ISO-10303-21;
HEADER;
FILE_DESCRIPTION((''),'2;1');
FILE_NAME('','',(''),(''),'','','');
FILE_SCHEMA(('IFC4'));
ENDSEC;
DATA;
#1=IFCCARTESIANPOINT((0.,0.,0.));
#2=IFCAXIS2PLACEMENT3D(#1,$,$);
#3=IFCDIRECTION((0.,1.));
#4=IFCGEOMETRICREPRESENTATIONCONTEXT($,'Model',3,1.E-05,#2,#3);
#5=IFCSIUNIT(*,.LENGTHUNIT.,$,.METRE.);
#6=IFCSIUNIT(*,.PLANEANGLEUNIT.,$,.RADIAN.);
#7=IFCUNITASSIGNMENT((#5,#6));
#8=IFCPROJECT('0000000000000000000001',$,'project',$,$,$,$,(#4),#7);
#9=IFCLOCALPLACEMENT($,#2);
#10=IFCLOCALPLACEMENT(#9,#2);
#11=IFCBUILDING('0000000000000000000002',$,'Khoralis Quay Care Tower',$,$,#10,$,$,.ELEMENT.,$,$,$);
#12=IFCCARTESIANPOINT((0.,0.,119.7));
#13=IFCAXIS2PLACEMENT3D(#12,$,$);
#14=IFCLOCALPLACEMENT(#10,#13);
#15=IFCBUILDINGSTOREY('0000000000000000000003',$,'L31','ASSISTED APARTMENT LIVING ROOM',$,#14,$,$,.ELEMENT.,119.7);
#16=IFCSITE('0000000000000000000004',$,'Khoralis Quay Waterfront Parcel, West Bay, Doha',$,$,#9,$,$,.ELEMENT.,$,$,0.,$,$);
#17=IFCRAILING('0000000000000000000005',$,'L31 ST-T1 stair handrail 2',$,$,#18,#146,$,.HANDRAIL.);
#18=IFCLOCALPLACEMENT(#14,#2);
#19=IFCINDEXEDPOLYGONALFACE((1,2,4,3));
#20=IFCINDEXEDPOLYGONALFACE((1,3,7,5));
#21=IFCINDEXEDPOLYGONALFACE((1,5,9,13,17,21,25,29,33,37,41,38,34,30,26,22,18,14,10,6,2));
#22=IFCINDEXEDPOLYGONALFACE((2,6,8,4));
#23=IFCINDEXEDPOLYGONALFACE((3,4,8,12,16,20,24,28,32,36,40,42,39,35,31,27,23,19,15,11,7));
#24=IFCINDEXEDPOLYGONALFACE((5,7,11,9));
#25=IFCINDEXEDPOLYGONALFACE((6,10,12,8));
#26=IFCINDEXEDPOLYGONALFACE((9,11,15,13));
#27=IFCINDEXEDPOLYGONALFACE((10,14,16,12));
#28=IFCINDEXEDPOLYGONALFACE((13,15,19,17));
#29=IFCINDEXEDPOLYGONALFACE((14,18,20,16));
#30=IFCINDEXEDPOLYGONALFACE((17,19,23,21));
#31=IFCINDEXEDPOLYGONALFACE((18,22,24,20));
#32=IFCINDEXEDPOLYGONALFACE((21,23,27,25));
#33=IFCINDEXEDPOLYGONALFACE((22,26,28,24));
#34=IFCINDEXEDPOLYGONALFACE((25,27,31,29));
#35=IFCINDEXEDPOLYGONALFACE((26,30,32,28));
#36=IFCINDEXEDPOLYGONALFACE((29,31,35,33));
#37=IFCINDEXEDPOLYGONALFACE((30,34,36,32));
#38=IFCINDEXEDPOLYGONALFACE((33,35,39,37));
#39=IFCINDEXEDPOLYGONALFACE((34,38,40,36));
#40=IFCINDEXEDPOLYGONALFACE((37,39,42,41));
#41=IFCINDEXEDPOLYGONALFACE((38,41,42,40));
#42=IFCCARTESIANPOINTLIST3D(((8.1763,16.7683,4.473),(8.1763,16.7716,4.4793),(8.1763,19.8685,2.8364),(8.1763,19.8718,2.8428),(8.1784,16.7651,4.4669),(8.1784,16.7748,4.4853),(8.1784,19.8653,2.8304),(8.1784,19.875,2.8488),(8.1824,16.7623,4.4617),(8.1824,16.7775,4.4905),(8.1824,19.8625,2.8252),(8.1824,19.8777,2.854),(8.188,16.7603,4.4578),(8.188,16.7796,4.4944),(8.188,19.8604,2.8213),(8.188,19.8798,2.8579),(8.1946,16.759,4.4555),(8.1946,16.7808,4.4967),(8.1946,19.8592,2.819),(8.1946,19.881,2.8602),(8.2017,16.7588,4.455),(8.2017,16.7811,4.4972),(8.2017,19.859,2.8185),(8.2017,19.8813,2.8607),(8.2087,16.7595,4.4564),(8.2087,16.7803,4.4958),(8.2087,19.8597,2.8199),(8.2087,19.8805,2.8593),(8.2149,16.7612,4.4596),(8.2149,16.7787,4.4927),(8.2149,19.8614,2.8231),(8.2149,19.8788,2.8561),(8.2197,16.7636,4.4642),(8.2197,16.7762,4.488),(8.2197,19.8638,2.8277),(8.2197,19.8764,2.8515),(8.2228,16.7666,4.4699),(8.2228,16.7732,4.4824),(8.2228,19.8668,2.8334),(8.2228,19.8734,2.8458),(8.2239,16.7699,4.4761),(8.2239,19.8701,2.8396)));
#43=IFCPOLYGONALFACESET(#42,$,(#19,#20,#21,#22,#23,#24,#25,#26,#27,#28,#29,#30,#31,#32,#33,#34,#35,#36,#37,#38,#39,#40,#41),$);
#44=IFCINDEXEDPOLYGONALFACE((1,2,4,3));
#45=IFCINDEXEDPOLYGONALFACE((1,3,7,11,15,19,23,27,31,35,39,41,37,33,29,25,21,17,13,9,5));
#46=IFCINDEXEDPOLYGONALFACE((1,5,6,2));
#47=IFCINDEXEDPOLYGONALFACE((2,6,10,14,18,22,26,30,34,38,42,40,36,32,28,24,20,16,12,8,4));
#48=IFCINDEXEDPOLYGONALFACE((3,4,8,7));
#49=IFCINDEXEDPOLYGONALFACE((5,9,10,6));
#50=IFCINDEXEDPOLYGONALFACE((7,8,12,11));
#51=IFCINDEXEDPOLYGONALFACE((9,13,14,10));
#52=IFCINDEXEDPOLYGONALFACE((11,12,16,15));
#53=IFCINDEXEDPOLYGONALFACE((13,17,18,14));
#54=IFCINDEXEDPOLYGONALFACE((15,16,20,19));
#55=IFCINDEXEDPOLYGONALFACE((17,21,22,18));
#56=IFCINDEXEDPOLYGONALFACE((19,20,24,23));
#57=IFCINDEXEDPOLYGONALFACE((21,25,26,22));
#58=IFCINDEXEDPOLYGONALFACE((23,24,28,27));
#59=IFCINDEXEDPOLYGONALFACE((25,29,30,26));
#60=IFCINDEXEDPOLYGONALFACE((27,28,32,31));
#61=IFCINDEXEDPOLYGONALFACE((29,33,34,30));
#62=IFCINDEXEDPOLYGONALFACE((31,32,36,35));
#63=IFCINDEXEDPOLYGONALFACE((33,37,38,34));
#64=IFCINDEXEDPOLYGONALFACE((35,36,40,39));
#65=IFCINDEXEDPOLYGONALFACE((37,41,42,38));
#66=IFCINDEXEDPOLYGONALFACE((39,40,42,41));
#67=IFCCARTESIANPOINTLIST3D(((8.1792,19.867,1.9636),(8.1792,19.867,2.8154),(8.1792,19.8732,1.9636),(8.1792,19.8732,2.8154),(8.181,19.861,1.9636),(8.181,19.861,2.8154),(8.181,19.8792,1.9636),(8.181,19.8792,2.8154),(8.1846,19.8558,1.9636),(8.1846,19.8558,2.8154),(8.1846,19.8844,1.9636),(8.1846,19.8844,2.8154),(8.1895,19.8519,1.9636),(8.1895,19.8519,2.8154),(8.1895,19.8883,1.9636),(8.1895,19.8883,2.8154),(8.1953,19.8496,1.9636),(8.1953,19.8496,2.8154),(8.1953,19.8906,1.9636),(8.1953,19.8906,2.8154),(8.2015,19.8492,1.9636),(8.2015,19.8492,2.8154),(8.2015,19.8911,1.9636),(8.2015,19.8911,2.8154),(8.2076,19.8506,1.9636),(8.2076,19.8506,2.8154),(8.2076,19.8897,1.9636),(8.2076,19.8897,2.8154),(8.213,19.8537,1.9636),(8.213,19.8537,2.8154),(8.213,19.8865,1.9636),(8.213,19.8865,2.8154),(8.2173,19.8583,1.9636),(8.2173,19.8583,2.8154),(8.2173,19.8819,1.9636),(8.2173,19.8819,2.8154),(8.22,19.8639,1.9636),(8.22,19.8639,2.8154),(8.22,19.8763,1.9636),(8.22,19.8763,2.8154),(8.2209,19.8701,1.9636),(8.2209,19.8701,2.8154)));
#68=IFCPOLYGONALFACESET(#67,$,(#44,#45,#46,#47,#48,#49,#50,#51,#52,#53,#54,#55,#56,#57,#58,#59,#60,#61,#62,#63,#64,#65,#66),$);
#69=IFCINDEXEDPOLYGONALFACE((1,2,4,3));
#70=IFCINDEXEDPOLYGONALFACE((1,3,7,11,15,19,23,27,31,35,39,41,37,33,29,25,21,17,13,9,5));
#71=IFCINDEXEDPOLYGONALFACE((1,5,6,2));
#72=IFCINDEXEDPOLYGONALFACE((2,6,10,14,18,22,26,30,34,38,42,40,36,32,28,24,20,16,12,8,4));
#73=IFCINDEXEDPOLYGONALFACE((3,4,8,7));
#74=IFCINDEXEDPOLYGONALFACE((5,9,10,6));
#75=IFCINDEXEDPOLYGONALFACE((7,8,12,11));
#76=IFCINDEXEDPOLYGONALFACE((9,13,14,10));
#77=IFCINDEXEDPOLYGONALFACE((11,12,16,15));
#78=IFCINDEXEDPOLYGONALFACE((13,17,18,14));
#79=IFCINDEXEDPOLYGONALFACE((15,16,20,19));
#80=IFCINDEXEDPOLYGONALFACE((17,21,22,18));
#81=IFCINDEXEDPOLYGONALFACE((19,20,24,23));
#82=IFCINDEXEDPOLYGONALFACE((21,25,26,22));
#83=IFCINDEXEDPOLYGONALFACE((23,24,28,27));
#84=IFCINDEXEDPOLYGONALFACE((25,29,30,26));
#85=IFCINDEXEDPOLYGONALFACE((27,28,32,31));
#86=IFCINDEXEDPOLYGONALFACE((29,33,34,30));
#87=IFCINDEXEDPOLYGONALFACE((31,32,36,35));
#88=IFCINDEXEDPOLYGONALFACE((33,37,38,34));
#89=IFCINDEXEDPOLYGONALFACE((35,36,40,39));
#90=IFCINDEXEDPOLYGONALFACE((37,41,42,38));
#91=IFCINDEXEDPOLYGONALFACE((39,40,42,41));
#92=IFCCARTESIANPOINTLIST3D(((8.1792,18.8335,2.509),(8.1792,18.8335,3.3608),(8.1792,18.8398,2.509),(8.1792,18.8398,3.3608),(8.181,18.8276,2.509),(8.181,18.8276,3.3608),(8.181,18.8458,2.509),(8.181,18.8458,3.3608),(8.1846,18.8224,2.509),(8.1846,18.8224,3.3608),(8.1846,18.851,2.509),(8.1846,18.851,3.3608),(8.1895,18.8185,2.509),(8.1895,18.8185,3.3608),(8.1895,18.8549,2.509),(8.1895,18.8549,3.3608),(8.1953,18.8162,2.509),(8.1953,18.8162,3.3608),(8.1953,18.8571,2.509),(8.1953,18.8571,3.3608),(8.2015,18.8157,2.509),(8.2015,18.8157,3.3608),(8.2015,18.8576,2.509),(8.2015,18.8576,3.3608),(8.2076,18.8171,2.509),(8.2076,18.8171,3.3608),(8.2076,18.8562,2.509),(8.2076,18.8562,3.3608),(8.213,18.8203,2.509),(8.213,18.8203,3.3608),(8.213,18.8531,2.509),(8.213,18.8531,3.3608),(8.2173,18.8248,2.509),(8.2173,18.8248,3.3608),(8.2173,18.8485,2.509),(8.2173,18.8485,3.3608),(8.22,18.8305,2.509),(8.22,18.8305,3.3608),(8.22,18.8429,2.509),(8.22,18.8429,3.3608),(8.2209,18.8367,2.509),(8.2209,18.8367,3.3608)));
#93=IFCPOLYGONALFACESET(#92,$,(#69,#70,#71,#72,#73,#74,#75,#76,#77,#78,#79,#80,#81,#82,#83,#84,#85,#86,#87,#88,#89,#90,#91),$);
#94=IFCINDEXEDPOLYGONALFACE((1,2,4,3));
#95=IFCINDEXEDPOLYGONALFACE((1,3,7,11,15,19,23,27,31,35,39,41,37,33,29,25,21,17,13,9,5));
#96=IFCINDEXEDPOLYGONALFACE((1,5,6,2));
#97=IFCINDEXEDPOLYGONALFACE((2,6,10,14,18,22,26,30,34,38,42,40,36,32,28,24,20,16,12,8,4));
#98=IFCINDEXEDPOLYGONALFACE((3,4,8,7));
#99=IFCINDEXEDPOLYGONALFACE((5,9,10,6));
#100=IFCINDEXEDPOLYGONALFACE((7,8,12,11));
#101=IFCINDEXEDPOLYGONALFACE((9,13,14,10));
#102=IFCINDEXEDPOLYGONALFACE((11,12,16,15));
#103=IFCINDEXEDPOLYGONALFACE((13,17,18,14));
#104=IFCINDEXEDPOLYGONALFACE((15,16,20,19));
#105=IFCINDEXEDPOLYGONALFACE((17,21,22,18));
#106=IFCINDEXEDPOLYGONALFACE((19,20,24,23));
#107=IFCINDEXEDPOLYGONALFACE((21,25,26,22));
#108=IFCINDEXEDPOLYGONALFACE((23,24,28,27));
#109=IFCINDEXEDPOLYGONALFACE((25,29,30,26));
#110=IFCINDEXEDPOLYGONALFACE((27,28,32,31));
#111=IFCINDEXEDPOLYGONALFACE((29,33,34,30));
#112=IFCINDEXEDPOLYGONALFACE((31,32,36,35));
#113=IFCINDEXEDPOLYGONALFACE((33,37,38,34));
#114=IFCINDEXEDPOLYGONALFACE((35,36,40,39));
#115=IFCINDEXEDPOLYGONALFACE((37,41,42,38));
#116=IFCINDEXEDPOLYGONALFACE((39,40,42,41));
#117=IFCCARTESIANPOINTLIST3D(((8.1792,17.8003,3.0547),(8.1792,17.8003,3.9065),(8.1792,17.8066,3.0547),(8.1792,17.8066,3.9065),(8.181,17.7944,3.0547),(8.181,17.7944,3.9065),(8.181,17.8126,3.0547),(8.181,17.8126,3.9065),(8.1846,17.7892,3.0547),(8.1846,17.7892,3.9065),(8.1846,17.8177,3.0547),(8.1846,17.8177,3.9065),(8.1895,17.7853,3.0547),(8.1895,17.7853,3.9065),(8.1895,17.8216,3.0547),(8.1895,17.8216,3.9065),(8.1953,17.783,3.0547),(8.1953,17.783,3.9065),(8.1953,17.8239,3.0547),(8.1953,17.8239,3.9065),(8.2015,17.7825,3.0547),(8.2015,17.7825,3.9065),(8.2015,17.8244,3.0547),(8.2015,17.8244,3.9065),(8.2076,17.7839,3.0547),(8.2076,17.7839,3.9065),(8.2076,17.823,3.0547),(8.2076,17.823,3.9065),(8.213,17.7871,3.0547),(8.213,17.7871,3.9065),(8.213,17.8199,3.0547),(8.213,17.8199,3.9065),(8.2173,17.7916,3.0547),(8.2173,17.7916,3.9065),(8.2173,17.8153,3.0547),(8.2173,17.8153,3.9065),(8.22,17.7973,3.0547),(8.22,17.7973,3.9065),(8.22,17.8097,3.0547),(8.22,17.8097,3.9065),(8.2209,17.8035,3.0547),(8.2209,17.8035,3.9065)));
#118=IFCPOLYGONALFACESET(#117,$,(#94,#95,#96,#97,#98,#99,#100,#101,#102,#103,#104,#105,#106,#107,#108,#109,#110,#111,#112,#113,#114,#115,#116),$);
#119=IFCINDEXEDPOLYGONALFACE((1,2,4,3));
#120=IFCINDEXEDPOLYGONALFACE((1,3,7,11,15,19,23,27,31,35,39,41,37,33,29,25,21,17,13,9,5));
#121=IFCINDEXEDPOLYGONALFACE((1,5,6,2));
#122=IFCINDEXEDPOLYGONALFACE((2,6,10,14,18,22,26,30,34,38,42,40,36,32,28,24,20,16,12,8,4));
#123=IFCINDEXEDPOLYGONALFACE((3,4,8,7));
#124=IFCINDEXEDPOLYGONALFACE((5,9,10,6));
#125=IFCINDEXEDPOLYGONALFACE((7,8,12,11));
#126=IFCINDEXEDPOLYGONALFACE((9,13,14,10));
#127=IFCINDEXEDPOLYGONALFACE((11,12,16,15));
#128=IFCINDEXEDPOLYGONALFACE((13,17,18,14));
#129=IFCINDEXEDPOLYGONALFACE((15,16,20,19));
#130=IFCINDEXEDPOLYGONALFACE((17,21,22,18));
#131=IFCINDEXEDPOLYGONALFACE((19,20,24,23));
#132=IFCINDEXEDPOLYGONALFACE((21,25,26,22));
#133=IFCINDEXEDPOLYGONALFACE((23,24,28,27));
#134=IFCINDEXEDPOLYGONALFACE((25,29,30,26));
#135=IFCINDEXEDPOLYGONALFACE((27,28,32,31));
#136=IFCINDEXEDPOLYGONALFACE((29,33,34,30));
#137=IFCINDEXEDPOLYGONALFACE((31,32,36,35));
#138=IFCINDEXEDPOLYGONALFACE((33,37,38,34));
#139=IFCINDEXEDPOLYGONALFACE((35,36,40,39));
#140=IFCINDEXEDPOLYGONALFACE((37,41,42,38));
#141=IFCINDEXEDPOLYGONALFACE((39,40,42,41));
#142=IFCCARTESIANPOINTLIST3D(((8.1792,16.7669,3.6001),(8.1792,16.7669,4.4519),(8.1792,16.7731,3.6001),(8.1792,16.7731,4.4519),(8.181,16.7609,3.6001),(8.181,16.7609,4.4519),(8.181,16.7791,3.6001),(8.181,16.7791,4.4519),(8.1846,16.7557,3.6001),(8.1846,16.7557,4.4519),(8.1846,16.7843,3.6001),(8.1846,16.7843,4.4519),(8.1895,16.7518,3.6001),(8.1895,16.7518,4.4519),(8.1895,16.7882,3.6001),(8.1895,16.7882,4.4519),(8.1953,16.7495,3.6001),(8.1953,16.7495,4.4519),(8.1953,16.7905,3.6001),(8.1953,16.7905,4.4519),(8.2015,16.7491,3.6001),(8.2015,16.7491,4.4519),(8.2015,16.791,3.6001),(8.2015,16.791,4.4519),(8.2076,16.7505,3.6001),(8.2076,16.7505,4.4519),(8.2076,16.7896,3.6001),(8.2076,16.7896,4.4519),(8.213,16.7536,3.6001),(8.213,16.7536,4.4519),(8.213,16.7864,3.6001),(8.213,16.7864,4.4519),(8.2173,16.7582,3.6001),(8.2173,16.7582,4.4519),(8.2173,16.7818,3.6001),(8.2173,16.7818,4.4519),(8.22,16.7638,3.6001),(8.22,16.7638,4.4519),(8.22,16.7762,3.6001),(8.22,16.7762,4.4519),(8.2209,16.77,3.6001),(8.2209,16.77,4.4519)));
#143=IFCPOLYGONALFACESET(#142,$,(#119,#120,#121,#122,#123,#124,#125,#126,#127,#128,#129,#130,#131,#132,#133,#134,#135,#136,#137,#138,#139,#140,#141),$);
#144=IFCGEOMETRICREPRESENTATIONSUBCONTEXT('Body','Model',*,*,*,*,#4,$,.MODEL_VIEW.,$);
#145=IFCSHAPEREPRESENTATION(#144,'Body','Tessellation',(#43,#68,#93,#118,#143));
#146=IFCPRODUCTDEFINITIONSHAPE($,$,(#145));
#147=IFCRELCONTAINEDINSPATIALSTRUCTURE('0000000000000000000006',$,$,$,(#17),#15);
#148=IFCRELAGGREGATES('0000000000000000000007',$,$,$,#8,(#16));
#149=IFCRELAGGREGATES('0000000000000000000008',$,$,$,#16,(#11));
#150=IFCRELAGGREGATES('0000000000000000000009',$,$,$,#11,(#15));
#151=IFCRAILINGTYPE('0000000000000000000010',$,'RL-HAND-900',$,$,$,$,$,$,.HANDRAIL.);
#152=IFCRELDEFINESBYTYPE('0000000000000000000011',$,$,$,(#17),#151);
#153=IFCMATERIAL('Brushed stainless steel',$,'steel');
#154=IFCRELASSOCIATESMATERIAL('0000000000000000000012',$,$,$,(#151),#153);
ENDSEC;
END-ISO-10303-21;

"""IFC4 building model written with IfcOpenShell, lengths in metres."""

from ifc_helpers import new_model, si_unit, direction, frame, origin, origin_2d, place, context, subcontext, project, spatial, circle, extrude, material, type_object, element, save


model = new_model("IFC4")

# Units and contexts
model_context = context("Model", 3, precision=1e-05, world=origin(), true_north=direction((0.0, 1.0)))
body_context = subcontext(model_context, "Body", "Model", "MODEL_VIEW")
ifc_project = project(units=[si_unit("LENGTHUNIT", "METRE"), si_unit("PLANEANGLEUNIT", "RADIAN")], contexts=[model_context])

# Site, building, storey
site_placement = place(None, origin())
site = spatial("IfcSite", under=ifc_project, at=site_placement, Name="Khoralis Quay Waterfront Parcel, West Bay, Doha", CompositionType="ELEMENT", RefElevation=0.0)
building_placement = place(site_placement, origin())
building = spatial("IfcBuilding", under=site, at=building_placement, Name="Khoralis Quay Care Tower", CompositionType="ELEMENT")
storey_placement = place(building_placement, frame((0.0, 0.0, 119.7)))
storey = spatial("IfcBuildingStorey", under=building, at=storey_placement, Name="L31", Description="ASSISTED APARTMENT LIVING ROOM", CompositionType="ELEMENT", Elevation=119.7)

# Shared definitions
ifc_material_1 = material(Name="Brushed stainless steel", Category="steel")

# Railing
railing_type_1 = type_object("IfcRailingType", Name="RL-HAND-900", PredefinedType="HANDRAIL", material=ifc_material_1)
railing_1_placement = place(storey_placement, frame((8.2, 19.8701, 1.9636)))
element("IfcRailing", 1, at=railing_1_placement, inside=storey, type_object=railing_type_1, Name="L31 ST-T1 stair handrail 2", PredefinedType="HANDRAIL", context=body_context, shape_type="SweptSolid", body=[
    extrude(circle(Radius=0.0239, at=origin_2d()), frame((0.0, 0.0, 0.876), z_axis=(0.0, -0.884348, 0.466828), x_axis=(1.0, 0.0, 0.0)), (0.0, 0.0, 1.0), 3.5056),
    extrude(circle(Radius=0.021, at=origin_2d()), origin(), (0.0, 0.0, 1.0), 0.8518),
    extrude(circle(Radius=0.021, at=origin_2d()), frame((0.0, -1.0334, 0.5454)), (0.0, 0.0, 1.0), 0.8518),
    extrude(circle(Radius=0.021, at=origin_2d()), frame((0.0, -2.0667, 1.0911)), (0.0, 0.0, 1.0), 0.8518),
    extrude(circle(Radius=0.021, at=origin_2d()), frame((0.0, -3.1001, 1.6365)), (0.0, 0.0, 1.0), 0.8518),
])

save(model, "model.ifc")
